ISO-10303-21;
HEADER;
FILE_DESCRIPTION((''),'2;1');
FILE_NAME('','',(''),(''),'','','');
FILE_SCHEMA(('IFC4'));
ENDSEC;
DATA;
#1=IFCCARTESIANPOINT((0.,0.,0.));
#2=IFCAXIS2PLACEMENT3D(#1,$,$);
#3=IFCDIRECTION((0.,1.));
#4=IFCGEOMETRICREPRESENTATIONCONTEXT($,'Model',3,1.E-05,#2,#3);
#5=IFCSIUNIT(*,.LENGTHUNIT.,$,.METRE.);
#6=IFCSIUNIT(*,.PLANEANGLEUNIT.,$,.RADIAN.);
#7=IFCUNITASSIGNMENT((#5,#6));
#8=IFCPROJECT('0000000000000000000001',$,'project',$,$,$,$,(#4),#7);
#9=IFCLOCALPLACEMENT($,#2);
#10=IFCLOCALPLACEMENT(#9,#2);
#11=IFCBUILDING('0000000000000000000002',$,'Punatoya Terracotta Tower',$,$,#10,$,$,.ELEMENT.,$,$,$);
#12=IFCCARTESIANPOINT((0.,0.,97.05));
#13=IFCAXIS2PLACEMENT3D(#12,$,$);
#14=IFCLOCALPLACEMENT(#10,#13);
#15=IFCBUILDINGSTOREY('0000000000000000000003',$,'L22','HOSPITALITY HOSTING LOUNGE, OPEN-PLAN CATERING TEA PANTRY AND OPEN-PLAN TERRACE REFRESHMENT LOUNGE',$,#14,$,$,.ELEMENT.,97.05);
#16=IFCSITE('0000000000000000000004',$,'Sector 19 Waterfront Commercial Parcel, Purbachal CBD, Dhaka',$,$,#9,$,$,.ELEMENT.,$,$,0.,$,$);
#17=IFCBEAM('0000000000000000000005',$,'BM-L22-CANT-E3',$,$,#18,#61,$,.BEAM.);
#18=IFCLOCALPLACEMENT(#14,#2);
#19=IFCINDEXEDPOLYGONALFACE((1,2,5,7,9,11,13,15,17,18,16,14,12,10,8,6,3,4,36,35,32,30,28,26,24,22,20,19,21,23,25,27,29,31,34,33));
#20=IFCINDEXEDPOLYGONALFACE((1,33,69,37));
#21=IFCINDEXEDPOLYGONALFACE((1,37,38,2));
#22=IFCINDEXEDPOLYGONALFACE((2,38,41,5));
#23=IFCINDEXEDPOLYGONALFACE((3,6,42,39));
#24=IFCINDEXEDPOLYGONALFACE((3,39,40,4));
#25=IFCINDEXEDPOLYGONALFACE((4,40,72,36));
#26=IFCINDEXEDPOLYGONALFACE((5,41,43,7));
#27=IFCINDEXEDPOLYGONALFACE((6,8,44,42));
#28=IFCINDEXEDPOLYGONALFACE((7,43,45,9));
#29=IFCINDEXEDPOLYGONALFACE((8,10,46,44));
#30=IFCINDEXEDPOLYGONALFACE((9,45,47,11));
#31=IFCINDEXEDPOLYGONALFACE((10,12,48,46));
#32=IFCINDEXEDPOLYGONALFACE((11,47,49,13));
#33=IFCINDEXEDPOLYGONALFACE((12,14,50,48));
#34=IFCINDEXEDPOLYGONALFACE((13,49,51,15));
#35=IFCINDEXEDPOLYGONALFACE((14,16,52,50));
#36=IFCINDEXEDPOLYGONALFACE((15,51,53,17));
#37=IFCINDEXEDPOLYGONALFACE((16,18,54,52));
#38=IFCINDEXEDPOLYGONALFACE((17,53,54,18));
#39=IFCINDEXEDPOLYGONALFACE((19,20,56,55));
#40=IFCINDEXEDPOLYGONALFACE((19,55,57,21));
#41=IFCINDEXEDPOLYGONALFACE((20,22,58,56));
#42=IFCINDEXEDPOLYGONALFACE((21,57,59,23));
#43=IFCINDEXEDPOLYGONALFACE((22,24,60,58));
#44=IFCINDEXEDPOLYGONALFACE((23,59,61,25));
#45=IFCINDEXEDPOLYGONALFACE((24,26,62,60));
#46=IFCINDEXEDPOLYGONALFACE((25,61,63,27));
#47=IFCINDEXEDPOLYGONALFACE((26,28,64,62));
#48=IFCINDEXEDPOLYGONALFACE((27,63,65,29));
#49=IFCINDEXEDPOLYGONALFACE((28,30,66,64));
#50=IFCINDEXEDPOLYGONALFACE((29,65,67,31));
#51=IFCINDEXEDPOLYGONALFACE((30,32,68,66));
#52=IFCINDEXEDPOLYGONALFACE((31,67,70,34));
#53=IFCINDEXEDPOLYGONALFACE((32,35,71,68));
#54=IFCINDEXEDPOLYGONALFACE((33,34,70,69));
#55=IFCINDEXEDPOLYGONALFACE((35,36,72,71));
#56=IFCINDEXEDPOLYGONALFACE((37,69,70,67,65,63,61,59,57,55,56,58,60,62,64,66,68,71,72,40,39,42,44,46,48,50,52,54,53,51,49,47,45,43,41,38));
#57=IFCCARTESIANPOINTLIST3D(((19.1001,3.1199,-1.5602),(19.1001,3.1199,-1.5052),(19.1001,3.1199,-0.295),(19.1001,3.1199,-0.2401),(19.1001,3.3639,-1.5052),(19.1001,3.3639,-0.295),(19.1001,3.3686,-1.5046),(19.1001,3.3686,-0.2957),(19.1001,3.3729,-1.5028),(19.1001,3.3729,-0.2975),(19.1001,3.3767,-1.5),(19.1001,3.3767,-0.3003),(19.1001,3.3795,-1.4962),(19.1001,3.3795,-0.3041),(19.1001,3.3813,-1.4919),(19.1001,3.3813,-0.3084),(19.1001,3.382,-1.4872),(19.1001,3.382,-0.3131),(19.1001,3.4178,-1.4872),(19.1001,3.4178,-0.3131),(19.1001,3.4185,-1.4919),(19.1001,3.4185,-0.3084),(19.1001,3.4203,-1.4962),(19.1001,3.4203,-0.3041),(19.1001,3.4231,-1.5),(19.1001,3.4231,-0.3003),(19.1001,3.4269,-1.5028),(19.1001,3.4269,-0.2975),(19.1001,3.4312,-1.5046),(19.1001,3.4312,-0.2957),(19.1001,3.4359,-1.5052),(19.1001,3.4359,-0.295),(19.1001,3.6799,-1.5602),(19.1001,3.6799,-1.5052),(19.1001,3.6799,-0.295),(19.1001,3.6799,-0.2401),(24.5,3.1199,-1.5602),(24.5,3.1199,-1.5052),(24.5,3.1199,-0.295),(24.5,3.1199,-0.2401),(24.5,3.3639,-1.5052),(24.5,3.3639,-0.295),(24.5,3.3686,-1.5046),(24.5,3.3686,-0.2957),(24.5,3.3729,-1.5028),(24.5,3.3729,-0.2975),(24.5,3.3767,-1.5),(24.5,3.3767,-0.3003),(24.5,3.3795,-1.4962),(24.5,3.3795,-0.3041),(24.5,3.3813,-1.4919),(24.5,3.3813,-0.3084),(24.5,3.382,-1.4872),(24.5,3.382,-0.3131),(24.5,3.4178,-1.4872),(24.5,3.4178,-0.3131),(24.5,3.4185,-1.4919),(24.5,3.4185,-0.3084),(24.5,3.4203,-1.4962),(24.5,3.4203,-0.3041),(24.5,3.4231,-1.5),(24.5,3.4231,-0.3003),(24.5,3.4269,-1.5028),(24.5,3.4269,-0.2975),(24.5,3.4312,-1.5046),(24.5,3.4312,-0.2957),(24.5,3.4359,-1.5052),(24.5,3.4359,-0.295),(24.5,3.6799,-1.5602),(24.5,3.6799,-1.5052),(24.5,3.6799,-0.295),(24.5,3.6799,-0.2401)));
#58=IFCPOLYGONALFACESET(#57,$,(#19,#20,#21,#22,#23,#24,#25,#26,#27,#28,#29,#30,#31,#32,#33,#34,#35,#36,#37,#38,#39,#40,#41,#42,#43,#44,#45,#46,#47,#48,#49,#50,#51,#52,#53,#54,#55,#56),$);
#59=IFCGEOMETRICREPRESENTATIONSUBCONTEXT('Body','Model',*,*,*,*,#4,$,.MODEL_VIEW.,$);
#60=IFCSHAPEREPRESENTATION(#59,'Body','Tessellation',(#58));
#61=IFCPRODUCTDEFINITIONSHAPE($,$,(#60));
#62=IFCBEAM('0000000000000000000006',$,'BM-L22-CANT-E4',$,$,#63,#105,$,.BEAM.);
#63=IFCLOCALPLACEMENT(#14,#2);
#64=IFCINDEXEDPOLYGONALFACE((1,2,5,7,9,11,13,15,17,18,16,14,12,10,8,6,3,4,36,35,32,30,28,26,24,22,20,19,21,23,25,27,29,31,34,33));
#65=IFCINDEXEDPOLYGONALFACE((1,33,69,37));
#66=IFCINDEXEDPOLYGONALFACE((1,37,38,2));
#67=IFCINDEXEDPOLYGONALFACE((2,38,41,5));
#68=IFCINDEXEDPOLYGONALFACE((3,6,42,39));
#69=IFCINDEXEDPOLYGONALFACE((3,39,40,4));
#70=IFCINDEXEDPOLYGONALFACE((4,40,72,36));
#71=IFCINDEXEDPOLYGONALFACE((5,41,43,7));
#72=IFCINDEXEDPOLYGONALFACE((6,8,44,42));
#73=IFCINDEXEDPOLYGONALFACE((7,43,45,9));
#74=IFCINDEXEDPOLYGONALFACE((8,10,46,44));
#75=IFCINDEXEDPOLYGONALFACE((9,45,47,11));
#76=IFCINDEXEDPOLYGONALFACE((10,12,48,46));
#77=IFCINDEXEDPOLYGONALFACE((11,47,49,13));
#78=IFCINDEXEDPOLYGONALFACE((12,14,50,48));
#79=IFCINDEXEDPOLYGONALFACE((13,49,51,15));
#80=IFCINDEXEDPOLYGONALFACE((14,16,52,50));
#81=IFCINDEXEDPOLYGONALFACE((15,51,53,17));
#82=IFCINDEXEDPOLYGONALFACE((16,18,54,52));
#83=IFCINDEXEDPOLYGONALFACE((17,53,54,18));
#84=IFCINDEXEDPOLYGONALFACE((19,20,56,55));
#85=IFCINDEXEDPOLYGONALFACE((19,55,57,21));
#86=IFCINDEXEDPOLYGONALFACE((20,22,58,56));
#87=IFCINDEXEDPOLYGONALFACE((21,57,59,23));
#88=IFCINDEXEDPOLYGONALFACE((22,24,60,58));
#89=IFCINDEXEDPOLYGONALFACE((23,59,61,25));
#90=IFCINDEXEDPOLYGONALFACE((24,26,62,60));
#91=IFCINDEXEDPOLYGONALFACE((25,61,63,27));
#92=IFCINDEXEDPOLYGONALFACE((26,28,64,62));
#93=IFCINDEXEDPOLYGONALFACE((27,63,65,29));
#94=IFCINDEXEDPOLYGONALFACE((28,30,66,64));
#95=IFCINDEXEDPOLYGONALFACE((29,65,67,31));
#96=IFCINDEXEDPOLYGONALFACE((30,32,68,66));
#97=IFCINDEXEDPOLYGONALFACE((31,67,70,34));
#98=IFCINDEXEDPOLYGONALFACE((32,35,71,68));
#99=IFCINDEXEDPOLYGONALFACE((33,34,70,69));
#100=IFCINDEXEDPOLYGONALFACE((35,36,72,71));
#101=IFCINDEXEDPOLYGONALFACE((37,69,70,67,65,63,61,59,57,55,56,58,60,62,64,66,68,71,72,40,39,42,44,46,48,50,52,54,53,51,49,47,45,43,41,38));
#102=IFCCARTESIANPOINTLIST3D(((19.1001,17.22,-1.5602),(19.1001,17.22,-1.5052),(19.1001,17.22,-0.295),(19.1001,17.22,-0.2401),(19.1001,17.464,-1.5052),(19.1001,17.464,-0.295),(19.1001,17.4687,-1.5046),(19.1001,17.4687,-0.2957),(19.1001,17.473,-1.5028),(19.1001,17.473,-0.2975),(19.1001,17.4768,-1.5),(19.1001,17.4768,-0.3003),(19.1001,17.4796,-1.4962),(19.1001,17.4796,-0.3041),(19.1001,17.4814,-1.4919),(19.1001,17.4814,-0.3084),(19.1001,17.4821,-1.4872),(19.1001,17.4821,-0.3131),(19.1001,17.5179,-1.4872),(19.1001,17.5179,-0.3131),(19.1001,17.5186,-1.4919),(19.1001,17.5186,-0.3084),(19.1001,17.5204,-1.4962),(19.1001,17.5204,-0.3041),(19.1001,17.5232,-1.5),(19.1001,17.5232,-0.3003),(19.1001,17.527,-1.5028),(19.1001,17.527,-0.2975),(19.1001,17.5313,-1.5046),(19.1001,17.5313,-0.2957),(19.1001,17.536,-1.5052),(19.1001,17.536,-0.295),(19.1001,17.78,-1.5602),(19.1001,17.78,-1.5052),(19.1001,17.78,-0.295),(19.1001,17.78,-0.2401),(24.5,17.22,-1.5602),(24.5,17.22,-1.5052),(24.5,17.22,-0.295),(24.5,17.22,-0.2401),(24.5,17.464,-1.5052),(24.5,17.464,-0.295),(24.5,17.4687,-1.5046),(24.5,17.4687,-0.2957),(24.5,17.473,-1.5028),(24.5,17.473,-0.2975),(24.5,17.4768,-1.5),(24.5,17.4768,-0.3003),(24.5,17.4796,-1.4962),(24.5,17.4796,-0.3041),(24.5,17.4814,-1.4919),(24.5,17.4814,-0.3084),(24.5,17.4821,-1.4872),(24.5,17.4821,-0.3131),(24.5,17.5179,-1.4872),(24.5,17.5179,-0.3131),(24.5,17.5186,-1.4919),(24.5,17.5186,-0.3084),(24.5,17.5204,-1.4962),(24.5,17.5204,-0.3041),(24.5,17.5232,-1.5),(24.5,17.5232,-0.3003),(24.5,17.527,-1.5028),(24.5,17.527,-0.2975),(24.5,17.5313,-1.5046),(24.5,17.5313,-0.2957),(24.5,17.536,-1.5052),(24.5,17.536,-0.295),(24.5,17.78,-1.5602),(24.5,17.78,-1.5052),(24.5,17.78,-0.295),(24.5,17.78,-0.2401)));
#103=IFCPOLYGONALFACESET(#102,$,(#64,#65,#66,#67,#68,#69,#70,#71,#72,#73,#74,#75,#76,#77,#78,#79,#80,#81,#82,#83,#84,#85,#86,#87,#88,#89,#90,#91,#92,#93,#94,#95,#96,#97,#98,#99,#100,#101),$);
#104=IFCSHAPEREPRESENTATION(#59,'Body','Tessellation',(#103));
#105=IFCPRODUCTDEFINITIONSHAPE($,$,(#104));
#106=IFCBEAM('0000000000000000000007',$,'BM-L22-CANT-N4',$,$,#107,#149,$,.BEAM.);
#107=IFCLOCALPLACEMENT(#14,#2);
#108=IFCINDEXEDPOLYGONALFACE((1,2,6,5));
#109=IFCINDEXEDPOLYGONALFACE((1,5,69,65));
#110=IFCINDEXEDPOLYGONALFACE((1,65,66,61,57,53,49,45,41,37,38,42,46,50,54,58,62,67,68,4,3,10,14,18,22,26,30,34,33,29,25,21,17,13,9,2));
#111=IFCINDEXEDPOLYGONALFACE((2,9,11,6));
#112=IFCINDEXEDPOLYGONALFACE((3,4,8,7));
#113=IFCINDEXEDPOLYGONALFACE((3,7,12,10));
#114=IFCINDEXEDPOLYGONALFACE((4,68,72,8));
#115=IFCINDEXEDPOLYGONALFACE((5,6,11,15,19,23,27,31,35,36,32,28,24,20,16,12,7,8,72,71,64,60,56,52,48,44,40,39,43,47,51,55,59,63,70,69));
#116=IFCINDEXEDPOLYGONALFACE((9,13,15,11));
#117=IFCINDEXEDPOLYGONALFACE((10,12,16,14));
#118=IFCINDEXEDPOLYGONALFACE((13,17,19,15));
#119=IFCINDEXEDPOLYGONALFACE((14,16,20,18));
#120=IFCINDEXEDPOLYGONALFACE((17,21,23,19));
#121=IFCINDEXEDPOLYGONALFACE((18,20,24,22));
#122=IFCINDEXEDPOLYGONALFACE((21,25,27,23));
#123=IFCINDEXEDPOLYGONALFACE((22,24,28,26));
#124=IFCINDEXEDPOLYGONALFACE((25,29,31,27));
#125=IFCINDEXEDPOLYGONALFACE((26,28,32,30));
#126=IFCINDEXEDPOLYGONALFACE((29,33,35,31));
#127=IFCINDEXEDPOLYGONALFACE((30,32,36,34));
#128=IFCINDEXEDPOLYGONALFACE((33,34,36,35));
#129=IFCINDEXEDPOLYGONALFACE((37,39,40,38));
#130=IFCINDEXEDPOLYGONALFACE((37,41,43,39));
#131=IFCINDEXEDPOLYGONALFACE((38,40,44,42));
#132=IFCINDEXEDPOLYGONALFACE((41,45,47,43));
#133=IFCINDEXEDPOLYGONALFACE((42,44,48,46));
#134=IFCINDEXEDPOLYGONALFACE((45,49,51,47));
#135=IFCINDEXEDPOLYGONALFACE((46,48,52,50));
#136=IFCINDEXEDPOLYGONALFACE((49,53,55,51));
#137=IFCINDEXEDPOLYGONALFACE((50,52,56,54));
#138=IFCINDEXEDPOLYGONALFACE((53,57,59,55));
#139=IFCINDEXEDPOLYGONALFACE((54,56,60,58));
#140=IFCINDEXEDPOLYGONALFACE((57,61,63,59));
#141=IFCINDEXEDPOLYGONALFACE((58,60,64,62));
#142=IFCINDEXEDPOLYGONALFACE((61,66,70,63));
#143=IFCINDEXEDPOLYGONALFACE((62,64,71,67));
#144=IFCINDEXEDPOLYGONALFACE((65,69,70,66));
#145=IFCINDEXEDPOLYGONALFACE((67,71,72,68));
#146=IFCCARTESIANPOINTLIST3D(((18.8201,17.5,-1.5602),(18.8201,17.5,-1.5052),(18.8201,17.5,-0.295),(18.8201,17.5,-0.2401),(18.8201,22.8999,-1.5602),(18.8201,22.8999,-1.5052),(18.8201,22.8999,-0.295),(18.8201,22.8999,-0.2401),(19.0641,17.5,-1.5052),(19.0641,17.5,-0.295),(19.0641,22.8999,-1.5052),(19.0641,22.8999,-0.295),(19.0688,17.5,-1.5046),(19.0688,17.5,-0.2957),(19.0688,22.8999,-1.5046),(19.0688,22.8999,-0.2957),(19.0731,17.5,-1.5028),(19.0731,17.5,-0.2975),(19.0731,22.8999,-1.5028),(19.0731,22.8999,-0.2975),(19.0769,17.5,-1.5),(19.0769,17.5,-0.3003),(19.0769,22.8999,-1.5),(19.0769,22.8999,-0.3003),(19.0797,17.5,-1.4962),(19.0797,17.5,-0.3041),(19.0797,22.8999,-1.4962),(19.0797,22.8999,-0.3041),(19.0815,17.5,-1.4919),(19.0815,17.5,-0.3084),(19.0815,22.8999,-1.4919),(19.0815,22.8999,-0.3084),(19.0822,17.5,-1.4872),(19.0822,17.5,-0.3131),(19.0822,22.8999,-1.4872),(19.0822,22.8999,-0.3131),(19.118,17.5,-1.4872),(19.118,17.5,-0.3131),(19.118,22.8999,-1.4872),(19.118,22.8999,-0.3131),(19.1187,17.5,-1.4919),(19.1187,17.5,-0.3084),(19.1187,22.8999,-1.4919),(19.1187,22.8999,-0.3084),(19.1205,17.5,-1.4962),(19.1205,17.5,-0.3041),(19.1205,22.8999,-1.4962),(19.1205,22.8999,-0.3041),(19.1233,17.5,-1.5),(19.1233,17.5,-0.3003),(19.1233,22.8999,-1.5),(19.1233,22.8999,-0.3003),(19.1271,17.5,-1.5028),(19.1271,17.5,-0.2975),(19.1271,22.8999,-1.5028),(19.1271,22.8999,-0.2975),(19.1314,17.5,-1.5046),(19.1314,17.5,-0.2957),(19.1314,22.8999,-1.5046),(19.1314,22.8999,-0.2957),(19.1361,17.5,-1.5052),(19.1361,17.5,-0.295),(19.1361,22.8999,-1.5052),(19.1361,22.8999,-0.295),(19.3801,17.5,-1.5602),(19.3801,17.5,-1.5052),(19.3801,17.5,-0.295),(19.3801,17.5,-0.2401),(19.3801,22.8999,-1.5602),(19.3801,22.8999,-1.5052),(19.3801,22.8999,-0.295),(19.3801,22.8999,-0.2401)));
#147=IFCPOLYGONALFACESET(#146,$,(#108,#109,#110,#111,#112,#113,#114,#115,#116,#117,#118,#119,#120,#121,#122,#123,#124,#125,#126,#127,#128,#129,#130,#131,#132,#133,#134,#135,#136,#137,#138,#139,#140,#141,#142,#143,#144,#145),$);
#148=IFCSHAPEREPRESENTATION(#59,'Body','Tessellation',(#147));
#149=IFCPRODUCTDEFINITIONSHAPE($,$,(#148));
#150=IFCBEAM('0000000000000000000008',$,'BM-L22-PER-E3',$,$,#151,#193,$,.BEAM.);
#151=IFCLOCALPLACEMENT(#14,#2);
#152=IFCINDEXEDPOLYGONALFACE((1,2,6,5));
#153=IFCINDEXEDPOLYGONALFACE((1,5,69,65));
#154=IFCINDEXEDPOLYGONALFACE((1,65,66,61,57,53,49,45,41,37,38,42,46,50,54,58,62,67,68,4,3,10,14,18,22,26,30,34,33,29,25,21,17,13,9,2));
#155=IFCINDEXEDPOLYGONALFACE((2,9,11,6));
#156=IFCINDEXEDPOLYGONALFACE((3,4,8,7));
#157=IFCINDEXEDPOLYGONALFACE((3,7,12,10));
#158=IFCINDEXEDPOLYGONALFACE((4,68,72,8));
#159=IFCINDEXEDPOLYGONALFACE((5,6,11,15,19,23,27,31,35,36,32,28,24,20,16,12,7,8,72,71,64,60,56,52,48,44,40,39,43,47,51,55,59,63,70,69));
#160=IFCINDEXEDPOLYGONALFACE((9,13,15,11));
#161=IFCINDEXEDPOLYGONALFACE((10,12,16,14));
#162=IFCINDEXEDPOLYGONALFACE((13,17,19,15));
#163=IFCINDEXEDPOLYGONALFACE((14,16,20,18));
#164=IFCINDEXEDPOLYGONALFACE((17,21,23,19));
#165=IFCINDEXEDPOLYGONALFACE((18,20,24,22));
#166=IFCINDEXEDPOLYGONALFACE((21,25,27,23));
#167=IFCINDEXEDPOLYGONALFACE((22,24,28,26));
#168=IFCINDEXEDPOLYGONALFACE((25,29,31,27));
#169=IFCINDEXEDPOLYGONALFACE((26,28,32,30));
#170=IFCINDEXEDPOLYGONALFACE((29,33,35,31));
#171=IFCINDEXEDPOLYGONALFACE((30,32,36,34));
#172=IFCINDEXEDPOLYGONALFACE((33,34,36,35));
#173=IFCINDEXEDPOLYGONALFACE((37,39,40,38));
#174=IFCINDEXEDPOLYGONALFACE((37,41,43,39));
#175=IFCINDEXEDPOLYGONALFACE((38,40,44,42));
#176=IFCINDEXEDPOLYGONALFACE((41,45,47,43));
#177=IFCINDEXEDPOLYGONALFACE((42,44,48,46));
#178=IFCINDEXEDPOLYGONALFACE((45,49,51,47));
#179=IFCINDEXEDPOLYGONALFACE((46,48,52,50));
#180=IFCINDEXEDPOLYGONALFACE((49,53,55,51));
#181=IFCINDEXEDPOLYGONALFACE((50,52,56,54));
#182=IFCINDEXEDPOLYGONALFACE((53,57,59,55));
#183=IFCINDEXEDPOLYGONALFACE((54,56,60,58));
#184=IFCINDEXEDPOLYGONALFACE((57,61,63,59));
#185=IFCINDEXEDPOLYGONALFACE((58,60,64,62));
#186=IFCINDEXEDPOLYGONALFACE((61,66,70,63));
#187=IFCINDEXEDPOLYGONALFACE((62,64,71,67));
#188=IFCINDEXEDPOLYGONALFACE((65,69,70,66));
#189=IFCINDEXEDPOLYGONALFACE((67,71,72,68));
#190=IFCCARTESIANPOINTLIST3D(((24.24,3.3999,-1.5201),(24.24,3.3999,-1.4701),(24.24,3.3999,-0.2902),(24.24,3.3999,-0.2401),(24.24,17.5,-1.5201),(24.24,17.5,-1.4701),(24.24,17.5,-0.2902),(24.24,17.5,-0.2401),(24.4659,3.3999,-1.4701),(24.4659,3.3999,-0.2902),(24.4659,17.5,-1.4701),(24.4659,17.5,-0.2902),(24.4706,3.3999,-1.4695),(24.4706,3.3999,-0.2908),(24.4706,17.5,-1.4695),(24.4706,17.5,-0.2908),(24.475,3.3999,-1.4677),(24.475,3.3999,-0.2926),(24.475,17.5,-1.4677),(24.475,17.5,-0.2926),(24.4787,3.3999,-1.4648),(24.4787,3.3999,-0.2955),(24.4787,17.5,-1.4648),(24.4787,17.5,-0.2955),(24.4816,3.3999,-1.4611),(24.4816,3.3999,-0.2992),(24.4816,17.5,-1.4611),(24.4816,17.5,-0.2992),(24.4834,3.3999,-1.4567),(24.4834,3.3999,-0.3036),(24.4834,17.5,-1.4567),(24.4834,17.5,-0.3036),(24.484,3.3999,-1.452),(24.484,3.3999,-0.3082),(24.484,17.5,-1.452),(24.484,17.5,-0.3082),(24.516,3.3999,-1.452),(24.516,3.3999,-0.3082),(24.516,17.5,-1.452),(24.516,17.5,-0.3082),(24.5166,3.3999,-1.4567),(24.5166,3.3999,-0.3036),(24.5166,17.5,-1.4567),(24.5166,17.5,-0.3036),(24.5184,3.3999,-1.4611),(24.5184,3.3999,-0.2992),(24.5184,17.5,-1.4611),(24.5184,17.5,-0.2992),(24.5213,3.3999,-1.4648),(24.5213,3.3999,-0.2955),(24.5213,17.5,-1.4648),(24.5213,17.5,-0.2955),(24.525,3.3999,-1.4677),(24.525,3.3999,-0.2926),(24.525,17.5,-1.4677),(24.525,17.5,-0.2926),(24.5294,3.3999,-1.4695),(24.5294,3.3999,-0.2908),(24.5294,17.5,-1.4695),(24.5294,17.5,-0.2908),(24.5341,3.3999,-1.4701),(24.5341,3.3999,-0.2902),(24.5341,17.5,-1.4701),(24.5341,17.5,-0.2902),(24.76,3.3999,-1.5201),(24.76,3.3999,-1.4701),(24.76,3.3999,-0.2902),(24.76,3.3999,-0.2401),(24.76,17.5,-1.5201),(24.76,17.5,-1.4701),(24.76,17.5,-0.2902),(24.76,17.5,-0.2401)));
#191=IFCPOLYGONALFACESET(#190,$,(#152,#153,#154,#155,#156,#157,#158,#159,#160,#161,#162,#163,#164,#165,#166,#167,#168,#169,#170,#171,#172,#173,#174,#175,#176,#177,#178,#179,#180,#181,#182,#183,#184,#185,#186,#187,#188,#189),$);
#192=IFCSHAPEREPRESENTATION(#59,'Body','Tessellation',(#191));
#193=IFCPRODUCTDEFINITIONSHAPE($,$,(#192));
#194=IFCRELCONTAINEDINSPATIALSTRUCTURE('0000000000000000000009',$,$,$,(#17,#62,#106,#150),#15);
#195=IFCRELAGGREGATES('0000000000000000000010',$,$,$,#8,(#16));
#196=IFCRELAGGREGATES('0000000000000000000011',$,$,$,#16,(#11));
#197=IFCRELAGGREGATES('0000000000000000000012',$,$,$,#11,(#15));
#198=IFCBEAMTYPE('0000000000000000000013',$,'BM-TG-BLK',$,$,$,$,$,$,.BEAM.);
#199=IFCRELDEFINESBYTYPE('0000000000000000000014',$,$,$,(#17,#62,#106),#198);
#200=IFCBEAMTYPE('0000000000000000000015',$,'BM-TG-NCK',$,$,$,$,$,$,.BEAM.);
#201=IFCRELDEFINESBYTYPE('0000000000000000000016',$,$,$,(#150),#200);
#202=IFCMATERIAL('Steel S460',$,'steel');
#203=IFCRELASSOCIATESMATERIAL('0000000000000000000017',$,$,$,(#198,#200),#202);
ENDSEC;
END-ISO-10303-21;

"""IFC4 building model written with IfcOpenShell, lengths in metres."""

from ifc_helpers import new_model, si_unit, direction, frame, origin, origin_2d, place, context, subcontext, project, spatial, i_section, extrude, material, material_profile, profile_set, type_object, element, save


model = new_model("IFC4")

# Units and contexts
model_context = context("Model", 3, precision=1e-05, world=origin(), true_north=direction((0.0, 1.0)))
body_context = subcontext(model_context, "Body", "Model", "MODEL_VIEW")
ifc_project = project(units=[si_unit("LENGTHUNIT", "METRE"), si_unit("PLANEANGLEUNIT", "RADIAN")], contexts=[model_context])

# Site, building, storey
site_placement = place(None, origin())
site = spatial("IfcSite", under=ifc_project, at=site_placement, Name="Sector 19 Waterfront Commercial Parcel, Purbachal CBD, Dhaka", CompositionType="ELEMENT", RefElevation=0.0)
building_placement = place(site_placement, origin())
building = spatial("IfcBuilding", under=site, at=building_placement, Name="Punatoya Terracotta Tower", CompositionType="ELEMENT")
storey_placement = place(building_placement, frame((0.0, 0.0, 97.05)))
storey = spatial("IfcBuildingStorey", under=building, at=storey_placement, Name="L22", Description="HOSPITALITY HOSTING LOUNGE, OPEN-PLAN CATERING TEA PANTRY AND OPEN-PLAN TERRACE REFRESHMENT LOUNGE", CompositionType="ELEMENT", Elevation=97.05)

# Shared definitions
ifc_material_1 = material(Name="Steel S460", Category="steel")

# Beams
ifc_material_profile_1 = material_profile(ifc_material_1, i_section(OverallWidth=0.5601, OverallDepth=1.3201, WebThickness=0.0359, FlangeThickness=0.0549, FilletRadius=0.0181, at=origin_2d()))
ifc_profile_set_1 = profile_set([ifc_material_profile_1], Name="Steel S460")
beam_type_1 = type_object("IfcBeamType", Name="BM-TG-BLK", PredefinedType="BEAM", material=ifc_profile_set_1)
for number, where, z_axis, x_axis, name in (
    (1, (19.1001, 3.3999, -0.9001), (1.0, 0.0, 0.0), (0.0, 1.0, 0.0), "BM-L22-CANT-E3"),
    (2, (19.1001, 17.5, -0.9001), (1.0, 0.0, 0.0), (0.0, 1.0, 0.0), "BM-L22-CANT-E4"),
    (3, (19.1001, 17.5, -0.9001), (0.0, 1.0, 0.0), (-1.0, 0.0, 0.0), "BM-L22-CANT-N4"),
):
    element("IfcBeam", number, at=place(storey_placement, frame(where, z_axis=z_axis, x_axis=x_axis)), inside=storey, type_object=beam_type_1, Name=name, PredefinedType="BEAM", context=body_context, shape_type="SweptSolid", body=[
        extrude(i_section(OverallWidth=0.5601, OverallDepth=1.3201, WebThickness=0.0359, FlangeThickness=0.0549, FilletRadius=0.0181, at=origin_2d()), origin(), (0.0, 0.0, 1.0), 5.3999),
    ])
ifc_material_profile_2 = material_profile(ifc_material_1, i_section(OverallWidth=0.52, OverallDepth=1.28, WebThickness=0.032, FlangeThickness=0.05, FilletRadius=0.0181, at=origin_2d()))
ifc_profile_set_2 = profile_set([ifc_material_profile_2], Name="Steel S460")
beam_type_2 = type_object("IfcBeamType", Name="BM-TG-NCK", PredefinedType="BEAM", material=ifc_profile_set_2)
beam_1_placement = place(storey_placement, frame((24.5, 3.3999, -0.8801), z_axis=(0.0, 1.0, 0.0), x_axis=(-1.0, 0.0, 0.0)))
element("IfcBeam", 4, at=beam_1_placement, inside=storey, type_object=beam_type_2, Name="BM-L22-PER-E3", PredefinedType="BEAM", context=body_context, shape_type="SweptSolid", body=[
    extrude(i_section(OverallWidth=0.52, OverallDepth=1.28, WebThickness=0.032, FlangeThickness=0.05, FilletRadius=0.0181, at=origin_2d()), origin(), (0.0, 0.0, 1.0), 14.1001),
])

save(model, "model.ifc")
